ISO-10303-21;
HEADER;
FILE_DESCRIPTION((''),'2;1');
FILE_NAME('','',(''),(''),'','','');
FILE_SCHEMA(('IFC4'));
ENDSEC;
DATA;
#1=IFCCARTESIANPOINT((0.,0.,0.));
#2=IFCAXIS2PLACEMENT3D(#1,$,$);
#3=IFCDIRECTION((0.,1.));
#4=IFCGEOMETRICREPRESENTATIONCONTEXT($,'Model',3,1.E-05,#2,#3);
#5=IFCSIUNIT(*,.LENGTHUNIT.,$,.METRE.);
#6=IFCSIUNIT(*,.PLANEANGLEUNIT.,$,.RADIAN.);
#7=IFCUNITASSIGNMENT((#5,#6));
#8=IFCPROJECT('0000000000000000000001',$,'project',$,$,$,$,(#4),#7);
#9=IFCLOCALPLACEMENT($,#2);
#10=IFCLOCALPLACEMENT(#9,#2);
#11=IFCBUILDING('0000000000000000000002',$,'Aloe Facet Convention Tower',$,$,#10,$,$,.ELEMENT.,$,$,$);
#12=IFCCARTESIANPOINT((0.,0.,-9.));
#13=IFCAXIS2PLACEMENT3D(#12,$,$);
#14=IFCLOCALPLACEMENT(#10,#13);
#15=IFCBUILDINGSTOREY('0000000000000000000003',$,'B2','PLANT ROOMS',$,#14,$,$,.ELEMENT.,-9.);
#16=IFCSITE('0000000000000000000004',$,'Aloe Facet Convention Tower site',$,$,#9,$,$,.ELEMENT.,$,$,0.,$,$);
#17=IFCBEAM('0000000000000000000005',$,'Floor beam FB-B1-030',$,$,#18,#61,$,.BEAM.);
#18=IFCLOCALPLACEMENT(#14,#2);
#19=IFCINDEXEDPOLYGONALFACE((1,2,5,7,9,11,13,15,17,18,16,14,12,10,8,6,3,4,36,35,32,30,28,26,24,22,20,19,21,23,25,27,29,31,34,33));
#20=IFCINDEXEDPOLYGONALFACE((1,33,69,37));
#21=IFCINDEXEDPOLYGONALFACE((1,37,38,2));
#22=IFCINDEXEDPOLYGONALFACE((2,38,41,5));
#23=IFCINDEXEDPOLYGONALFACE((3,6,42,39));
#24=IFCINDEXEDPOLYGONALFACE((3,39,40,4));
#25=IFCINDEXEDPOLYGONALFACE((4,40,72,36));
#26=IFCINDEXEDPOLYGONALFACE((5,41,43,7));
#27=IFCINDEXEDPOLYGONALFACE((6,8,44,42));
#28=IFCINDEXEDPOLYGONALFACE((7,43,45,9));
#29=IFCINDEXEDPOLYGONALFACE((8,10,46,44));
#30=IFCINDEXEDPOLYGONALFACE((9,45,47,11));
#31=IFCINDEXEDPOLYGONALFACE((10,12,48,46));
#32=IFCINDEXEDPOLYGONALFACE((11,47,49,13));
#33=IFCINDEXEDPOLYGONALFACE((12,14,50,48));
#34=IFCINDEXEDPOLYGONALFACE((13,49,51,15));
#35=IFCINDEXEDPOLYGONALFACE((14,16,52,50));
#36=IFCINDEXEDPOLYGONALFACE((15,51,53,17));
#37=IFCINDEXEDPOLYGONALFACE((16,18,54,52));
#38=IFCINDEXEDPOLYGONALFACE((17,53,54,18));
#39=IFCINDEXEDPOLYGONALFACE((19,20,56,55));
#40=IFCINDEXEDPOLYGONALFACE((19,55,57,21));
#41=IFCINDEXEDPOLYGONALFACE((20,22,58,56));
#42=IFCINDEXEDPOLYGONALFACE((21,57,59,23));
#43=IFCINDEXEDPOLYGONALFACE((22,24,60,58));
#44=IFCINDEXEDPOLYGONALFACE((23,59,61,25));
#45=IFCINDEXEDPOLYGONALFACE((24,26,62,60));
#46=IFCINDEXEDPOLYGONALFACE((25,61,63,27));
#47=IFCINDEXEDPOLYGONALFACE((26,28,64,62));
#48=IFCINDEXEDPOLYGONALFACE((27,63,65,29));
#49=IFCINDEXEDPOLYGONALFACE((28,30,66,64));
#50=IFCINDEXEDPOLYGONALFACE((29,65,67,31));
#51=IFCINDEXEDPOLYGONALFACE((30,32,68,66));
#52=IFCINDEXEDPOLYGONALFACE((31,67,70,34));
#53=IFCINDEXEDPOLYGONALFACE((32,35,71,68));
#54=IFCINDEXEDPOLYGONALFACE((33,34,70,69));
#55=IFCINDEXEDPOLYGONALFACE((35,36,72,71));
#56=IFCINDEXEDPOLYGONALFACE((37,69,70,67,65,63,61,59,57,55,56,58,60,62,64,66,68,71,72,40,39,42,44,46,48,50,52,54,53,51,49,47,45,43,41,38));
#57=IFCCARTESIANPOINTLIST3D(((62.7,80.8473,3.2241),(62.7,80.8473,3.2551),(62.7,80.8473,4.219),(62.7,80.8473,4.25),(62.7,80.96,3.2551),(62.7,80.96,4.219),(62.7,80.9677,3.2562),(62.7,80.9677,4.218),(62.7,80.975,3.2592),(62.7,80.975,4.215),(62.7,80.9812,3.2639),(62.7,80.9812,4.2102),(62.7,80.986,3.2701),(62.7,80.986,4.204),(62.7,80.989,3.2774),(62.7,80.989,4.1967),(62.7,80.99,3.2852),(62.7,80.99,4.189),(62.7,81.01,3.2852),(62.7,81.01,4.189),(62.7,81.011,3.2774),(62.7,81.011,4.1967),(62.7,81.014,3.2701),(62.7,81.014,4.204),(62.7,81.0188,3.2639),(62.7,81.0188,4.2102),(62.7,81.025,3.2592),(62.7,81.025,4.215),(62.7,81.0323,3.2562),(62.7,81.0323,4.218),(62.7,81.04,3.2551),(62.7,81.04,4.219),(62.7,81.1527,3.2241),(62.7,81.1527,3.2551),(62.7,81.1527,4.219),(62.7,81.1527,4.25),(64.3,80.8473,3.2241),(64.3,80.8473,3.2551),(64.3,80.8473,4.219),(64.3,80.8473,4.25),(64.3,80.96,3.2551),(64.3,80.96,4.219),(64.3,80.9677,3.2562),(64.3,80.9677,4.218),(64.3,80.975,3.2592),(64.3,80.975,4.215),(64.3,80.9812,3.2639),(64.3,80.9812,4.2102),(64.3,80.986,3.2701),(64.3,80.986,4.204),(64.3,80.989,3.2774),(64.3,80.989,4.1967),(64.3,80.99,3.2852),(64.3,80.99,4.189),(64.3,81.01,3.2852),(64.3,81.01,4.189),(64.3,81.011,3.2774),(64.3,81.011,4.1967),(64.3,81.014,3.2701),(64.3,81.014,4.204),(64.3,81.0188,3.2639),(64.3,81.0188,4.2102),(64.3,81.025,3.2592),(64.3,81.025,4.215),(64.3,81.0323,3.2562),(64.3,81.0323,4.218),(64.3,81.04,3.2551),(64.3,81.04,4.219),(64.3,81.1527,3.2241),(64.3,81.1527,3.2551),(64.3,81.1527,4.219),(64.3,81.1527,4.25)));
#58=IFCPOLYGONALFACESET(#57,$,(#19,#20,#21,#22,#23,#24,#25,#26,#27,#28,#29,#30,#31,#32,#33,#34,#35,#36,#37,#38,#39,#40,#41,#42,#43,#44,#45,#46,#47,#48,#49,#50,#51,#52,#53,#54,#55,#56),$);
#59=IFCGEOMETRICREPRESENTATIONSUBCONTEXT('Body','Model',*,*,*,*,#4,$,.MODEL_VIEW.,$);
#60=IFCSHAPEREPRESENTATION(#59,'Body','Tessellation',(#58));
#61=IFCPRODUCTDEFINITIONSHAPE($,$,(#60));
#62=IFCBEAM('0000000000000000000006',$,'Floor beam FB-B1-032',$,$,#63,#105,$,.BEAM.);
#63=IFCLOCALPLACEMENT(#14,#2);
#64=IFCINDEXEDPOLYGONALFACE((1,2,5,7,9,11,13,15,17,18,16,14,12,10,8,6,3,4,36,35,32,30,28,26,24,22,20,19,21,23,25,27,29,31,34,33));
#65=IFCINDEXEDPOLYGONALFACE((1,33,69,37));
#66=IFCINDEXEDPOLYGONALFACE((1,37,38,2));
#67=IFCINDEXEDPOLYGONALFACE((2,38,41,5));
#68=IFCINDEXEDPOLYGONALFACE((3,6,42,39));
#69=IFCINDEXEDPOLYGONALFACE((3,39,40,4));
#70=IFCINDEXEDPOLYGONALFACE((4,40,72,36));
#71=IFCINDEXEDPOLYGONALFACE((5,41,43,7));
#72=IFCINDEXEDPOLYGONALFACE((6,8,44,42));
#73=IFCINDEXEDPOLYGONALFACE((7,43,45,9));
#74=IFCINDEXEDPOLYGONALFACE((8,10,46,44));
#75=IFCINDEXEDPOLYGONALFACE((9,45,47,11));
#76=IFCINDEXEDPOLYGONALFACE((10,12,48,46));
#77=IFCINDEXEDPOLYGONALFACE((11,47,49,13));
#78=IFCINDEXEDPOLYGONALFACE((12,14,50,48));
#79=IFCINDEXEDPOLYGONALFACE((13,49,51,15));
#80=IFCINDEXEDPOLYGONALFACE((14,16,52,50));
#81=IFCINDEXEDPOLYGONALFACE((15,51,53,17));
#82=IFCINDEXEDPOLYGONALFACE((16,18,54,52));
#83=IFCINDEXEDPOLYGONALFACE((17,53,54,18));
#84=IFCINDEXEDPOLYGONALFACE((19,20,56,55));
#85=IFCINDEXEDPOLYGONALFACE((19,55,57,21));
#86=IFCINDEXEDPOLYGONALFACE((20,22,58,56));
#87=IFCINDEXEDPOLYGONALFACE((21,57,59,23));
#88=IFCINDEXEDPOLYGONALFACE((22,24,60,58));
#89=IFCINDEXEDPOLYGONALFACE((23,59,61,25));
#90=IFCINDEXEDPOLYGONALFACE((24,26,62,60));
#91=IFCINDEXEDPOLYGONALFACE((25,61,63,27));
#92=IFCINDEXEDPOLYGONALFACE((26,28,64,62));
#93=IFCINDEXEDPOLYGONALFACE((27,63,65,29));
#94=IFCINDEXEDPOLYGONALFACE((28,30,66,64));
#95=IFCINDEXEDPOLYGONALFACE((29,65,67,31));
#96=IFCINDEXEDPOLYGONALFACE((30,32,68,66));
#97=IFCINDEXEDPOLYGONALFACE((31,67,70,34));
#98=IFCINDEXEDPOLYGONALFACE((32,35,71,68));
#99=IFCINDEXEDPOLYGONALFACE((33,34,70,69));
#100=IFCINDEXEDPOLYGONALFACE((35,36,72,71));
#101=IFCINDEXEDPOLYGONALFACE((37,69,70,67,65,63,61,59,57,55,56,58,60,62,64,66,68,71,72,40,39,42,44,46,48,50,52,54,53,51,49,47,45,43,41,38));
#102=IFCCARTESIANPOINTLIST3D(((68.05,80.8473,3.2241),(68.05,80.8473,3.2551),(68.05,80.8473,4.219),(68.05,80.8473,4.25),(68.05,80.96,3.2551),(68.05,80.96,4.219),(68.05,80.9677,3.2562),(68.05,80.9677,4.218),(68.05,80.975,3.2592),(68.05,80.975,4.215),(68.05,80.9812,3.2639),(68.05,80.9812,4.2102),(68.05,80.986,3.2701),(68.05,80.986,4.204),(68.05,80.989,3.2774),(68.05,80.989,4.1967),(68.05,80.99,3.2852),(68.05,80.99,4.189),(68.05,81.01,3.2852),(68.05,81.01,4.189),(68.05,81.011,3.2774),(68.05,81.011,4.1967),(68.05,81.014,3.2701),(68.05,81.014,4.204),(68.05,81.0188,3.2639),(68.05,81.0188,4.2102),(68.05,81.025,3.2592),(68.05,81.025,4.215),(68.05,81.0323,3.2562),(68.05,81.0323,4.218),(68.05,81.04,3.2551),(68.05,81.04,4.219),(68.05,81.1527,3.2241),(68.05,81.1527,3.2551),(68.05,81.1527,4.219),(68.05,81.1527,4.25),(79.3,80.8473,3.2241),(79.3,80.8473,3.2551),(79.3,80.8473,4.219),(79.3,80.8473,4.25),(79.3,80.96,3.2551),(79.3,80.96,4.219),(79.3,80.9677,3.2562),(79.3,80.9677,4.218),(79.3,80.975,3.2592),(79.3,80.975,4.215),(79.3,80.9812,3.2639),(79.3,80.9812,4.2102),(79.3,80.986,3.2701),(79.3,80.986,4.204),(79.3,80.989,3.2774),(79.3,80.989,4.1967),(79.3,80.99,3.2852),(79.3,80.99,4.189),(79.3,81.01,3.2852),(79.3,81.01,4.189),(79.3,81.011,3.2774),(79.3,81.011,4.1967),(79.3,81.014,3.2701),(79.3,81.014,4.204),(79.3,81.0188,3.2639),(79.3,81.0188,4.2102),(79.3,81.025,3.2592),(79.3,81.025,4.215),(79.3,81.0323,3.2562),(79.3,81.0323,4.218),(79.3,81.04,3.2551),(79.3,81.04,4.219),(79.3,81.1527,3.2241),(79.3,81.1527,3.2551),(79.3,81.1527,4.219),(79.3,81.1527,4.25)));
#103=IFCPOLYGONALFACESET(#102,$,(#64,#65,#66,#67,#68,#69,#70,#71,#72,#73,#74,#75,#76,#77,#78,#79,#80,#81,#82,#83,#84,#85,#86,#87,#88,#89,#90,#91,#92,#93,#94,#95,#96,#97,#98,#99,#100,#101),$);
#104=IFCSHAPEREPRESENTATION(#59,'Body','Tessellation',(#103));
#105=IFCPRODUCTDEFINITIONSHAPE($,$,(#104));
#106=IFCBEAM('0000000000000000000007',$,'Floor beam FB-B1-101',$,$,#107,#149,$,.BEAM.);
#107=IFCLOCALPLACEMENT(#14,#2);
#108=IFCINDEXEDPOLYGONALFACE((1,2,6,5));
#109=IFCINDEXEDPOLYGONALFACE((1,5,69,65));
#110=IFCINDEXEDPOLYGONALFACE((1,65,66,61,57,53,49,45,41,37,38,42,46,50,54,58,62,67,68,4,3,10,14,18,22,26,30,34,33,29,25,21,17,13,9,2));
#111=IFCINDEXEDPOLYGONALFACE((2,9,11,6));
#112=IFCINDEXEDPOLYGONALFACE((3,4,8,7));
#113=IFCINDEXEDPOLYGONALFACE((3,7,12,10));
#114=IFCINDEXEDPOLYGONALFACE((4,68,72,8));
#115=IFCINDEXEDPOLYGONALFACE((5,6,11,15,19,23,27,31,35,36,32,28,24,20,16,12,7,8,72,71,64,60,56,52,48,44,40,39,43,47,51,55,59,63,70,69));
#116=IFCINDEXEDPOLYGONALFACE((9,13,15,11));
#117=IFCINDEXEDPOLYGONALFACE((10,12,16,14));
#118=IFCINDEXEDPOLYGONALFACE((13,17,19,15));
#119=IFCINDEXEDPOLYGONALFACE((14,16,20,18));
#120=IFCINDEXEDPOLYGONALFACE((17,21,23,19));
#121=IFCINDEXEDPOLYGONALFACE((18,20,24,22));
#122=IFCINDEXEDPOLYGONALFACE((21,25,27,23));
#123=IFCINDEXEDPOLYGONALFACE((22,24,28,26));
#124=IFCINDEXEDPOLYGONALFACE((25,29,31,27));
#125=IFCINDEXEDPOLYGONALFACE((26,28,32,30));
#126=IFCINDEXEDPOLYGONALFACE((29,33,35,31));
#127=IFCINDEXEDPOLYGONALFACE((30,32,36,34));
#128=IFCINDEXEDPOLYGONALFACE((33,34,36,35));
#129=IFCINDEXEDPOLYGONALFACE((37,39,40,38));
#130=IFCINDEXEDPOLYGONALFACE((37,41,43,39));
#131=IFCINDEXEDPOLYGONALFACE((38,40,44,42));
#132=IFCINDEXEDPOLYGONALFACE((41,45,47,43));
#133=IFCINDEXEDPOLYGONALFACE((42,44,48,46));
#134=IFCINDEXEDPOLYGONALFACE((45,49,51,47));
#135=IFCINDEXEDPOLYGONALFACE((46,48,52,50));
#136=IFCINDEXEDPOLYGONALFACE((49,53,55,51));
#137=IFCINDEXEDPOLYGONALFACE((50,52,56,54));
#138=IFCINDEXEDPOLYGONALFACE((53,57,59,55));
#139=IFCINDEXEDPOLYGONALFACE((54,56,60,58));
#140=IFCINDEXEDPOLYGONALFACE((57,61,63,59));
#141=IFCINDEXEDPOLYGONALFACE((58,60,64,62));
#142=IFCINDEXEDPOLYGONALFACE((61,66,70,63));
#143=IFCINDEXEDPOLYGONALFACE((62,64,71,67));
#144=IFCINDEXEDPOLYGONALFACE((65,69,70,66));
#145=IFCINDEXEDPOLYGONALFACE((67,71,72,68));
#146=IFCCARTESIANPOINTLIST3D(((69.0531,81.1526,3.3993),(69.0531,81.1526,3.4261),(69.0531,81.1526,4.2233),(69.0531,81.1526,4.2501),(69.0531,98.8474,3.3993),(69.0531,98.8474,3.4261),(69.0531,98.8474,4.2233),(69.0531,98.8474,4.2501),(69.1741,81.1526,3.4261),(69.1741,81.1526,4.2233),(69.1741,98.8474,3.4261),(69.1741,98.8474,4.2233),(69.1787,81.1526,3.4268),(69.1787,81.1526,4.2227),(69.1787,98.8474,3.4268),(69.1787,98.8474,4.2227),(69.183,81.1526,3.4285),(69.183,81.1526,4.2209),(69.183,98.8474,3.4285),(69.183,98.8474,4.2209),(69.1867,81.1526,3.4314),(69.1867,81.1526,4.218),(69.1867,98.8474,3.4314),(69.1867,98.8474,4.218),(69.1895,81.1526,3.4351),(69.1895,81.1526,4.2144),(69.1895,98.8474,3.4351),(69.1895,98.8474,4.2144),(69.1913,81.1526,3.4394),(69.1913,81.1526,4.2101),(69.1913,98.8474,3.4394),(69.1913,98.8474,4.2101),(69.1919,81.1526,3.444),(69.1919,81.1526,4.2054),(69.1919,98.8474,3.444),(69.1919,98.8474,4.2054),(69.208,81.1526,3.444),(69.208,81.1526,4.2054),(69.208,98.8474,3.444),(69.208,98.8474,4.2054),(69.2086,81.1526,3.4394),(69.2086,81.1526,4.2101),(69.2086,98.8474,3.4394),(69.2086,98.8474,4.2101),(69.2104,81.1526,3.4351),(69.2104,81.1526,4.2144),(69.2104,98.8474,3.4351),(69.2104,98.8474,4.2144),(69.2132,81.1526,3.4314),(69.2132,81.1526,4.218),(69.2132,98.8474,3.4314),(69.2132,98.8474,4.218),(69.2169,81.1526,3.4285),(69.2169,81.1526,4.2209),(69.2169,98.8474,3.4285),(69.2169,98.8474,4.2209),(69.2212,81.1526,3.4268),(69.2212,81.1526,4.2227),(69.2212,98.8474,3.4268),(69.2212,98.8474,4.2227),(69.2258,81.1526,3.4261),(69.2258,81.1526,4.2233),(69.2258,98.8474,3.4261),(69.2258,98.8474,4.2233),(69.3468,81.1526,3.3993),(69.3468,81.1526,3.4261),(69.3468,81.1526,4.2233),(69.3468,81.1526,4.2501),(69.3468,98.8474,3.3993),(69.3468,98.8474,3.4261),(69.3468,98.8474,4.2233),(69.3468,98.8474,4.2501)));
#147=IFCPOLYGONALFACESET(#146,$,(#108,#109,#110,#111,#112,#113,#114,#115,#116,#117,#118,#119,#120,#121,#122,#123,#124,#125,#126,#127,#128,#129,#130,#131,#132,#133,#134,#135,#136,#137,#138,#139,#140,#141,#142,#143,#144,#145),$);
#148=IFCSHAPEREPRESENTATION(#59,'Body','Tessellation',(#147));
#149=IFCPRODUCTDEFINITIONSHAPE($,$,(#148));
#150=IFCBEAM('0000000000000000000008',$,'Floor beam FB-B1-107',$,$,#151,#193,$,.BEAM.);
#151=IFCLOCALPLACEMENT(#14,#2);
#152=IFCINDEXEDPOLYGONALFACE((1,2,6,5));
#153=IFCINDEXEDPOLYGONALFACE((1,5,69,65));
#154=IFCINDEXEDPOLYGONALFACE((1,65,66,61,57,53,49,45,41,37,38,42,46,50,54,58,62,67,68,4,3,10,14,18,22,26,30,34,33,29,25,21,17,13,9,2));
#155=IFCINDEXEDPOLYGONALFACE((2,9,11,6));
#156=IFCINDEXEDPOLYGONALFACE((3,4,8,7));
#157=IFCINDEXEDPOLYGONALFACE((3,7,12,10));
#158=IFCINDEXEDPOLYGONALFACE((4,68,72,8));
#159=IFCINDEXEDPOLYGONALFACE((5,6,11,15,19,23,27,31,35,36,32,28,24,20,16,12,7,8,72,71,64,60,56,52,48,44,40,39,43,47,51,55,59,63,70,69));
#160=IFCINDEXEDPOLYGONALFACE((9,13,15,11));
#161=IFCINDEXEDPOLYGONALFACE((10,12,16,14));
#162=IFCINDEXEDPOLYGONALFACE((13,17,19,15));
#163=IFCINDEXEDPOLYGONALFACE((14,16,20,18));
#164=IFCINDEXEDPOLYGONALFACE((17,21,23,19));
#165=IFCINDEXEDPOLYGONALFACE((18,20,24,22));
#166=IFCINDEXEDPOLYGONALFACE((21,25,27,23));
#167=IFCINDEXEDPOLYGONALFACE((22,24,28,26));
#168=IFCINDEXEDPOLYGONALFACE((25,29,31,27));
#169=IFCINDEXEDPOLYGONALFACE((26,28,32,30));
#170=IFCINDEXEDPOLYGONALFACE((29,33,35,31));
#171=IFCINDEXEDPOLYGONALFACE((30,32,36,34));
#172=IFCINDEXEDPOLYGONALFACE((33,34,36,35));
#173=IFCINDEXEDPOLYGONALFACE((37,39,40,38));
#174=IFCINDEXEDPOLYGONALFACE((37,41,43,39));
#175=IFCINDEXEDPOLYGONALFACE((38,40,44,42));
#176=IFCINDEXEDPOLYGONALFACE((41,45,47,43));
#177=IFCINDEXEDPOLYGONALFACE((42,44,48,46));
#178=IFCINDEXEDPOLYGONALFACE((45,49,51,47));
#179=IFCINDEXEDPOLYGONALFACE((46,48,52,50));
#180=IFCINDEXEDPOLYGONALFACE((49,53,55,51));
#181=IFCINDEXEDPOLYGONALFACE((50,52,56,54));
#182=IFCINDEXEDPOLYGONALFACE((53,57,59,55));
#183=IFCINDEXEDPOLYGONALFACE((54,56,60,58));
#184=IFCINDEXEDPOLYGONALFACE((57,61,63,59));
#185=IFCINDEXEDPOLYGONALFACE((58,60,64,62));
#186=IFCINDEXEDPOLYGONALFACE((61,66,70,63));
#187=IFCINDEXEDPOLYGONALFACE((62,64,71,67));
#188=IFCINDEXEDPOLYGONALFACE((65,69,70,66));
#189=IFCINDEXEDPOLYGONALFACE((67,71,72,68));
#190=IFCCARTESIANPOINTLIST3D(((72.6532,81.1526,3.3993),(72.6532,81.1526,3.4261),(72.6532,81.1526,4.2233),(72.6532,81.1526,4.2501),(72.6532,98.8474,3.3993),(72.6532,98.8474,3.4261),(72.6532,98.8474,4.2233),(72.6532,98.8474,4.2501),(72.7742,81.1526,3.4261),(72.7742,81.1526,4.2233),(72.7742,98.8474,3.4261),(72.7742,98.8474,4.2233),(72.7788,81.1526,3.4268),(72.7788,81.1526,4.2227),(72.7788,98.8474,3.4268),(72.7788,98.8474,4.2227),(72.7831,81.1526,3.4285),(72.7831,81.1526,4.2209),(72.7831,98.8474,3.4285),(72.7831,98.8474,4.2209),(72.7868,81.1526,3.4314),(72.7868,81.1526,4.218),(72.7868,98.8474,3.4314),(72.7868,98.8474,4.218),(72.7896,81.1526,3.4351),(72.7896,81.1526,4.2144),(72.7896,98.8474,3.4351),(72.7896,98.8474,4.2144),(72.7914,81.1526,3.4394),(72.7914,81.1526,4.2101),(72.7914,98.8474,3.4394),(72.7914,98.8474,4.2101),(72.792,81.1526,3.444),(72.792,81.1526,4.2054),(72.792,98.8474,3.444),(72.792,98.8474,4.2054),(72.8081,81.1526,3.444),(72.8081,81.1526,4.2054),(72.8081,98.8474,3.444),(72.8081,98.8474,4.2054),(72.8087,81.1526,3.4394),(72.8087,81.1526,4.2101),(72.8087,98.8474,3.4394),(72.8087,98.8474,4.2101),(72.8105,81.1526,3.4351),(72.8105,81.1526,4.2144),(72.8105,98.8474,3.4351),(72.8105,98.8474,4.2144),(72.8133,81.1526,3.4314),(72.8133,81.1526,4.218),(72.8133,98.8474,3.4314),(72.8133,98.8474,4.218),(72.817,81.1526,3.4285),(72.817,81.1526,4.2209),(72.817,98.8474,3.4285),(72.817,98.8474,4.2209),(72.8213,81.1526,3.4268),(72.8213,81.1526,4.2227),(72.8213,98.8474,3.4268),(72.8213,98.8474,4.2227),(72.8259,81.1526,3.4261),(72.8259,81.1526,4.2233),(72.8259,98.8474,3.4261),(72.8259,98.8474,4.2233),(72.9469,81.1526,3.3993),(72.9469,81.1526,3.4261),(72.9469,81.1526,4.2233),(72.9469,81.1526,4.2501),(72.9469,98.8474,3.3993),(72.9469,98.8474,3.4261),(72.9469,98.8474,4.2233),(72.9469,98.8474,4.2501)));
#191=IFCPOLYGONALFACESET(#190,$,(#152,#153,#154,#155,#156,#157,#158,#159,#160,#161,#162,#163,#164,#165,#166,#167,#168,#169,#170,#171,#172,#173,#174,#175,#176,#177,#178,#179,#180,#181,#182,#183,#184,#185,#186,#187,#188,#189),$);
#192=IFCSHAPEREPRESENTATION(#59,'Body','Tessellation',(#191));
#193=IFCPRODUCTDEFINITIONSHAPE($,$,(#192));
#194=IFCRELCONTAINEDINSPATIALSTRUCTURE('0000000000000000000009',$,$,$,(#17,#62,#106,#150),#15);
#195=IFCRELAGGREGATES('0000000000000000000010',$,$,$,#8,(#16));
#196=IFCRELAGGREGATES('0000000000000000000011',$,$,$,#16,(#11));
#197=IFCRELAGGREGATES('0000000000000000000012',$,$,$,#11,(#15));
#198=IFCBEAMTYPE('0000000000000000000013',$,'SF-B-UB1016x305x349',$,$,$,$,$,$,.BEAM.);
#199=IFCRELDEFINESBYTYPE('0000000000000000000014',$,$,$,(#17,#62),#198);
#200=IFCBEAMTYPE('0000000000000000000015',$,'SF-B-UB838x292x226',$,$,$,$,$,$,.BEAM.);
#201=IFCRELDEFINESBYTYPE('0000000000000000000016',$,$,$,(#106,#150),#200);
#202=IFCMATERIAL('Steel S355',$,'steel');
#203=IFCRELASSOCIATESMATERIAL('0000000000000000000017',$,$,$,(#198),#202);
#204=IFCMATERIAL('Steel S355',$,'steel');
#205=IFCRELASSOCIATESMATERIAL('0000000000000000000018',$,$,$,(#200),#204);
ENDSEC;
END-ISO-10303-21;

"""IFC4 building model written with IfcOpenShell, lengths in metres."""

from ifc_helpers import new_model, si_unit, direction, frame, origin, origin_2d, place, context, subcontext, project, spatial, i_section, extrude, material, material_profile, profile_set, type_object, element, save


model = new_model("IFC4")

# Units and contexts
model_context = context("Model", 3, precision=1e-05, world=origin(), true_north=direction((0.0, 1.0)))
body_context = subcontext(model_context, "Body", "Model", "MODEL_VIEW")
ifc_project = project(units=[si_unit("LENGTHUNIT", "METRE"), si_unit("PLANEANGLEUNIT", "RADIAN")], contexts=[model_context])

# Site, building, storey
site_placement = place(None, origin())
site = spatial("IfcSite", under=ifc_project, at=site_placement, Name="Aloe Facet Convention Tower site", CompositionType="ELEMENT", RefElevation=0.0)
building_placement = place(site_placement, origin())
building = spatial("IfcBuilding", under=site, at=building_placement, Name="Aloe Facet Convention Tower", CompositionType="ELEMENT")
storey_placement = place(building_placement, frame((0.0, 0.0, -9.0)))
storey = spatial("IfcBuildingStorey", under=building, at=storey_placement, Name="B2", Description="PLANT ROOMS", CompositionType="ELEMENT", Elevation=-9.0)

# Beams
ifc_material_1 = material(Name="Steel S355", Category="steel")
ifc_material_profile_1 = material_profile(ifc_material_1, i_section(OverallWidth=0.3054, OverallDepth=1.0259, WebThickness=0.02, FlangeThickness=0.031, FilletRadius=0.03, at=origin_2d()), Name="UB 1016x305x349")
ifc_profile_set_1 = profile_set([ifc_material_profile_1], Name="Steel S355")
beam_type_1 = type_object("IfcBeamType", Name="SF-B-UB1016x305x349", PredefinedType="BEAM", material=ifc_profile_set_1)
beam_1_placement = place(storey_placement, frame((62.7, 81.0, 3.7371), z_axis=(1.0, 0.0, 0.0), x_axis=(0.0, 1.0, 0.0)))
element("IfcBeam", 1, at=beam_1_placement, inside=storey, type_object=beam_type_1, Name="Floor beam FB-B1-030", PredefinedType="BEAM", context=body_context, shape_type="SweptSolid", body=[
    extrude(i_section(OverallWidth=0.3054, OverallDepth=1.0259, WebThickness=0.02, FlangeThickness=0.031, FilletRadius=0.03, at=origin_2d()), origin(), (0.0, 0.0, 1.0), 1.6001),
])
beam_2_placement = place(storey_placement, frame((68.05, 81.0, 3.7371), z_axis=(1.0, 0.0, 0.0), x_axis=(0.0, 1.0, 0.0)))
element("IfcBeam", 2, at=beam_2_placement, inside=storey, type_object=beam_type_1, Name="Floor beam FB-B1-032", PredefinedType="BEAM", context=body_context, shape_type="SweptSolid", body=[
    extrude(i_section(OverallWidth=0.3054, OverallDepth=1.0259, WebThickness=0.02, FlangeThickness=0.031, FilletRadius=0.03, at=origin_2d()), origin(), (0.0, 0.0, 1.0), 11.25),
])
ifc_material_2 = material(Name="Steel S355", Category="steel")
ifc_material_profile_2 = material_profile(ifc_material_2, i_section(OverallWidth=0.2937, OverallDepth=0.8508, WebThickness=0.0161, FlangeThickness=0.0269, FilletRadius=0.0178, at=origin_2d()), Name="UB 838x292x226")
ifc_profile_set_2 = profile_set([ifc_material_profile_2], Name="Steel S355")
beam_type_2 = type_object("IfcBeamType", Name="SF-B-UB838x292x226", PredefinedType="BEAM", material=ifc_profile_set_2)
for number, where, z_axis, x_axis, name in (
    (3, (69.2, 81.1526, 3.8247), (0.0, 1.0, 0.0), (-1.0, 0.0, 0.0), "Floor beam FB-B1-101"),
    (4, (72.8, 81.1526, 3.8247), (0.0, 1.0, 0.0), (-1.0, 0.0, 0.0), "Floor beam FB-B1-107"),
):
    element("IfcBeam", number, at=place(storey_placement, frame(where, z_axis=z_axis, x_axis=x_axis)), inside=storey, type_object=beam_type_2, Name=name, PredefinedType="BEAM", context=body_context, shape_type="SweptSolid", body=[
        extrude(i_section(OverallWidth=0.2937, OverallDepth=0.8508, WebThickness=0.0161, FlangeThickness=0.0269, FilletRadius=0.0178, at=origin_2d()), origin(), (0.0, 0.0, 1.0), 17.6948),
    ])

save(model, "model.ifc")
